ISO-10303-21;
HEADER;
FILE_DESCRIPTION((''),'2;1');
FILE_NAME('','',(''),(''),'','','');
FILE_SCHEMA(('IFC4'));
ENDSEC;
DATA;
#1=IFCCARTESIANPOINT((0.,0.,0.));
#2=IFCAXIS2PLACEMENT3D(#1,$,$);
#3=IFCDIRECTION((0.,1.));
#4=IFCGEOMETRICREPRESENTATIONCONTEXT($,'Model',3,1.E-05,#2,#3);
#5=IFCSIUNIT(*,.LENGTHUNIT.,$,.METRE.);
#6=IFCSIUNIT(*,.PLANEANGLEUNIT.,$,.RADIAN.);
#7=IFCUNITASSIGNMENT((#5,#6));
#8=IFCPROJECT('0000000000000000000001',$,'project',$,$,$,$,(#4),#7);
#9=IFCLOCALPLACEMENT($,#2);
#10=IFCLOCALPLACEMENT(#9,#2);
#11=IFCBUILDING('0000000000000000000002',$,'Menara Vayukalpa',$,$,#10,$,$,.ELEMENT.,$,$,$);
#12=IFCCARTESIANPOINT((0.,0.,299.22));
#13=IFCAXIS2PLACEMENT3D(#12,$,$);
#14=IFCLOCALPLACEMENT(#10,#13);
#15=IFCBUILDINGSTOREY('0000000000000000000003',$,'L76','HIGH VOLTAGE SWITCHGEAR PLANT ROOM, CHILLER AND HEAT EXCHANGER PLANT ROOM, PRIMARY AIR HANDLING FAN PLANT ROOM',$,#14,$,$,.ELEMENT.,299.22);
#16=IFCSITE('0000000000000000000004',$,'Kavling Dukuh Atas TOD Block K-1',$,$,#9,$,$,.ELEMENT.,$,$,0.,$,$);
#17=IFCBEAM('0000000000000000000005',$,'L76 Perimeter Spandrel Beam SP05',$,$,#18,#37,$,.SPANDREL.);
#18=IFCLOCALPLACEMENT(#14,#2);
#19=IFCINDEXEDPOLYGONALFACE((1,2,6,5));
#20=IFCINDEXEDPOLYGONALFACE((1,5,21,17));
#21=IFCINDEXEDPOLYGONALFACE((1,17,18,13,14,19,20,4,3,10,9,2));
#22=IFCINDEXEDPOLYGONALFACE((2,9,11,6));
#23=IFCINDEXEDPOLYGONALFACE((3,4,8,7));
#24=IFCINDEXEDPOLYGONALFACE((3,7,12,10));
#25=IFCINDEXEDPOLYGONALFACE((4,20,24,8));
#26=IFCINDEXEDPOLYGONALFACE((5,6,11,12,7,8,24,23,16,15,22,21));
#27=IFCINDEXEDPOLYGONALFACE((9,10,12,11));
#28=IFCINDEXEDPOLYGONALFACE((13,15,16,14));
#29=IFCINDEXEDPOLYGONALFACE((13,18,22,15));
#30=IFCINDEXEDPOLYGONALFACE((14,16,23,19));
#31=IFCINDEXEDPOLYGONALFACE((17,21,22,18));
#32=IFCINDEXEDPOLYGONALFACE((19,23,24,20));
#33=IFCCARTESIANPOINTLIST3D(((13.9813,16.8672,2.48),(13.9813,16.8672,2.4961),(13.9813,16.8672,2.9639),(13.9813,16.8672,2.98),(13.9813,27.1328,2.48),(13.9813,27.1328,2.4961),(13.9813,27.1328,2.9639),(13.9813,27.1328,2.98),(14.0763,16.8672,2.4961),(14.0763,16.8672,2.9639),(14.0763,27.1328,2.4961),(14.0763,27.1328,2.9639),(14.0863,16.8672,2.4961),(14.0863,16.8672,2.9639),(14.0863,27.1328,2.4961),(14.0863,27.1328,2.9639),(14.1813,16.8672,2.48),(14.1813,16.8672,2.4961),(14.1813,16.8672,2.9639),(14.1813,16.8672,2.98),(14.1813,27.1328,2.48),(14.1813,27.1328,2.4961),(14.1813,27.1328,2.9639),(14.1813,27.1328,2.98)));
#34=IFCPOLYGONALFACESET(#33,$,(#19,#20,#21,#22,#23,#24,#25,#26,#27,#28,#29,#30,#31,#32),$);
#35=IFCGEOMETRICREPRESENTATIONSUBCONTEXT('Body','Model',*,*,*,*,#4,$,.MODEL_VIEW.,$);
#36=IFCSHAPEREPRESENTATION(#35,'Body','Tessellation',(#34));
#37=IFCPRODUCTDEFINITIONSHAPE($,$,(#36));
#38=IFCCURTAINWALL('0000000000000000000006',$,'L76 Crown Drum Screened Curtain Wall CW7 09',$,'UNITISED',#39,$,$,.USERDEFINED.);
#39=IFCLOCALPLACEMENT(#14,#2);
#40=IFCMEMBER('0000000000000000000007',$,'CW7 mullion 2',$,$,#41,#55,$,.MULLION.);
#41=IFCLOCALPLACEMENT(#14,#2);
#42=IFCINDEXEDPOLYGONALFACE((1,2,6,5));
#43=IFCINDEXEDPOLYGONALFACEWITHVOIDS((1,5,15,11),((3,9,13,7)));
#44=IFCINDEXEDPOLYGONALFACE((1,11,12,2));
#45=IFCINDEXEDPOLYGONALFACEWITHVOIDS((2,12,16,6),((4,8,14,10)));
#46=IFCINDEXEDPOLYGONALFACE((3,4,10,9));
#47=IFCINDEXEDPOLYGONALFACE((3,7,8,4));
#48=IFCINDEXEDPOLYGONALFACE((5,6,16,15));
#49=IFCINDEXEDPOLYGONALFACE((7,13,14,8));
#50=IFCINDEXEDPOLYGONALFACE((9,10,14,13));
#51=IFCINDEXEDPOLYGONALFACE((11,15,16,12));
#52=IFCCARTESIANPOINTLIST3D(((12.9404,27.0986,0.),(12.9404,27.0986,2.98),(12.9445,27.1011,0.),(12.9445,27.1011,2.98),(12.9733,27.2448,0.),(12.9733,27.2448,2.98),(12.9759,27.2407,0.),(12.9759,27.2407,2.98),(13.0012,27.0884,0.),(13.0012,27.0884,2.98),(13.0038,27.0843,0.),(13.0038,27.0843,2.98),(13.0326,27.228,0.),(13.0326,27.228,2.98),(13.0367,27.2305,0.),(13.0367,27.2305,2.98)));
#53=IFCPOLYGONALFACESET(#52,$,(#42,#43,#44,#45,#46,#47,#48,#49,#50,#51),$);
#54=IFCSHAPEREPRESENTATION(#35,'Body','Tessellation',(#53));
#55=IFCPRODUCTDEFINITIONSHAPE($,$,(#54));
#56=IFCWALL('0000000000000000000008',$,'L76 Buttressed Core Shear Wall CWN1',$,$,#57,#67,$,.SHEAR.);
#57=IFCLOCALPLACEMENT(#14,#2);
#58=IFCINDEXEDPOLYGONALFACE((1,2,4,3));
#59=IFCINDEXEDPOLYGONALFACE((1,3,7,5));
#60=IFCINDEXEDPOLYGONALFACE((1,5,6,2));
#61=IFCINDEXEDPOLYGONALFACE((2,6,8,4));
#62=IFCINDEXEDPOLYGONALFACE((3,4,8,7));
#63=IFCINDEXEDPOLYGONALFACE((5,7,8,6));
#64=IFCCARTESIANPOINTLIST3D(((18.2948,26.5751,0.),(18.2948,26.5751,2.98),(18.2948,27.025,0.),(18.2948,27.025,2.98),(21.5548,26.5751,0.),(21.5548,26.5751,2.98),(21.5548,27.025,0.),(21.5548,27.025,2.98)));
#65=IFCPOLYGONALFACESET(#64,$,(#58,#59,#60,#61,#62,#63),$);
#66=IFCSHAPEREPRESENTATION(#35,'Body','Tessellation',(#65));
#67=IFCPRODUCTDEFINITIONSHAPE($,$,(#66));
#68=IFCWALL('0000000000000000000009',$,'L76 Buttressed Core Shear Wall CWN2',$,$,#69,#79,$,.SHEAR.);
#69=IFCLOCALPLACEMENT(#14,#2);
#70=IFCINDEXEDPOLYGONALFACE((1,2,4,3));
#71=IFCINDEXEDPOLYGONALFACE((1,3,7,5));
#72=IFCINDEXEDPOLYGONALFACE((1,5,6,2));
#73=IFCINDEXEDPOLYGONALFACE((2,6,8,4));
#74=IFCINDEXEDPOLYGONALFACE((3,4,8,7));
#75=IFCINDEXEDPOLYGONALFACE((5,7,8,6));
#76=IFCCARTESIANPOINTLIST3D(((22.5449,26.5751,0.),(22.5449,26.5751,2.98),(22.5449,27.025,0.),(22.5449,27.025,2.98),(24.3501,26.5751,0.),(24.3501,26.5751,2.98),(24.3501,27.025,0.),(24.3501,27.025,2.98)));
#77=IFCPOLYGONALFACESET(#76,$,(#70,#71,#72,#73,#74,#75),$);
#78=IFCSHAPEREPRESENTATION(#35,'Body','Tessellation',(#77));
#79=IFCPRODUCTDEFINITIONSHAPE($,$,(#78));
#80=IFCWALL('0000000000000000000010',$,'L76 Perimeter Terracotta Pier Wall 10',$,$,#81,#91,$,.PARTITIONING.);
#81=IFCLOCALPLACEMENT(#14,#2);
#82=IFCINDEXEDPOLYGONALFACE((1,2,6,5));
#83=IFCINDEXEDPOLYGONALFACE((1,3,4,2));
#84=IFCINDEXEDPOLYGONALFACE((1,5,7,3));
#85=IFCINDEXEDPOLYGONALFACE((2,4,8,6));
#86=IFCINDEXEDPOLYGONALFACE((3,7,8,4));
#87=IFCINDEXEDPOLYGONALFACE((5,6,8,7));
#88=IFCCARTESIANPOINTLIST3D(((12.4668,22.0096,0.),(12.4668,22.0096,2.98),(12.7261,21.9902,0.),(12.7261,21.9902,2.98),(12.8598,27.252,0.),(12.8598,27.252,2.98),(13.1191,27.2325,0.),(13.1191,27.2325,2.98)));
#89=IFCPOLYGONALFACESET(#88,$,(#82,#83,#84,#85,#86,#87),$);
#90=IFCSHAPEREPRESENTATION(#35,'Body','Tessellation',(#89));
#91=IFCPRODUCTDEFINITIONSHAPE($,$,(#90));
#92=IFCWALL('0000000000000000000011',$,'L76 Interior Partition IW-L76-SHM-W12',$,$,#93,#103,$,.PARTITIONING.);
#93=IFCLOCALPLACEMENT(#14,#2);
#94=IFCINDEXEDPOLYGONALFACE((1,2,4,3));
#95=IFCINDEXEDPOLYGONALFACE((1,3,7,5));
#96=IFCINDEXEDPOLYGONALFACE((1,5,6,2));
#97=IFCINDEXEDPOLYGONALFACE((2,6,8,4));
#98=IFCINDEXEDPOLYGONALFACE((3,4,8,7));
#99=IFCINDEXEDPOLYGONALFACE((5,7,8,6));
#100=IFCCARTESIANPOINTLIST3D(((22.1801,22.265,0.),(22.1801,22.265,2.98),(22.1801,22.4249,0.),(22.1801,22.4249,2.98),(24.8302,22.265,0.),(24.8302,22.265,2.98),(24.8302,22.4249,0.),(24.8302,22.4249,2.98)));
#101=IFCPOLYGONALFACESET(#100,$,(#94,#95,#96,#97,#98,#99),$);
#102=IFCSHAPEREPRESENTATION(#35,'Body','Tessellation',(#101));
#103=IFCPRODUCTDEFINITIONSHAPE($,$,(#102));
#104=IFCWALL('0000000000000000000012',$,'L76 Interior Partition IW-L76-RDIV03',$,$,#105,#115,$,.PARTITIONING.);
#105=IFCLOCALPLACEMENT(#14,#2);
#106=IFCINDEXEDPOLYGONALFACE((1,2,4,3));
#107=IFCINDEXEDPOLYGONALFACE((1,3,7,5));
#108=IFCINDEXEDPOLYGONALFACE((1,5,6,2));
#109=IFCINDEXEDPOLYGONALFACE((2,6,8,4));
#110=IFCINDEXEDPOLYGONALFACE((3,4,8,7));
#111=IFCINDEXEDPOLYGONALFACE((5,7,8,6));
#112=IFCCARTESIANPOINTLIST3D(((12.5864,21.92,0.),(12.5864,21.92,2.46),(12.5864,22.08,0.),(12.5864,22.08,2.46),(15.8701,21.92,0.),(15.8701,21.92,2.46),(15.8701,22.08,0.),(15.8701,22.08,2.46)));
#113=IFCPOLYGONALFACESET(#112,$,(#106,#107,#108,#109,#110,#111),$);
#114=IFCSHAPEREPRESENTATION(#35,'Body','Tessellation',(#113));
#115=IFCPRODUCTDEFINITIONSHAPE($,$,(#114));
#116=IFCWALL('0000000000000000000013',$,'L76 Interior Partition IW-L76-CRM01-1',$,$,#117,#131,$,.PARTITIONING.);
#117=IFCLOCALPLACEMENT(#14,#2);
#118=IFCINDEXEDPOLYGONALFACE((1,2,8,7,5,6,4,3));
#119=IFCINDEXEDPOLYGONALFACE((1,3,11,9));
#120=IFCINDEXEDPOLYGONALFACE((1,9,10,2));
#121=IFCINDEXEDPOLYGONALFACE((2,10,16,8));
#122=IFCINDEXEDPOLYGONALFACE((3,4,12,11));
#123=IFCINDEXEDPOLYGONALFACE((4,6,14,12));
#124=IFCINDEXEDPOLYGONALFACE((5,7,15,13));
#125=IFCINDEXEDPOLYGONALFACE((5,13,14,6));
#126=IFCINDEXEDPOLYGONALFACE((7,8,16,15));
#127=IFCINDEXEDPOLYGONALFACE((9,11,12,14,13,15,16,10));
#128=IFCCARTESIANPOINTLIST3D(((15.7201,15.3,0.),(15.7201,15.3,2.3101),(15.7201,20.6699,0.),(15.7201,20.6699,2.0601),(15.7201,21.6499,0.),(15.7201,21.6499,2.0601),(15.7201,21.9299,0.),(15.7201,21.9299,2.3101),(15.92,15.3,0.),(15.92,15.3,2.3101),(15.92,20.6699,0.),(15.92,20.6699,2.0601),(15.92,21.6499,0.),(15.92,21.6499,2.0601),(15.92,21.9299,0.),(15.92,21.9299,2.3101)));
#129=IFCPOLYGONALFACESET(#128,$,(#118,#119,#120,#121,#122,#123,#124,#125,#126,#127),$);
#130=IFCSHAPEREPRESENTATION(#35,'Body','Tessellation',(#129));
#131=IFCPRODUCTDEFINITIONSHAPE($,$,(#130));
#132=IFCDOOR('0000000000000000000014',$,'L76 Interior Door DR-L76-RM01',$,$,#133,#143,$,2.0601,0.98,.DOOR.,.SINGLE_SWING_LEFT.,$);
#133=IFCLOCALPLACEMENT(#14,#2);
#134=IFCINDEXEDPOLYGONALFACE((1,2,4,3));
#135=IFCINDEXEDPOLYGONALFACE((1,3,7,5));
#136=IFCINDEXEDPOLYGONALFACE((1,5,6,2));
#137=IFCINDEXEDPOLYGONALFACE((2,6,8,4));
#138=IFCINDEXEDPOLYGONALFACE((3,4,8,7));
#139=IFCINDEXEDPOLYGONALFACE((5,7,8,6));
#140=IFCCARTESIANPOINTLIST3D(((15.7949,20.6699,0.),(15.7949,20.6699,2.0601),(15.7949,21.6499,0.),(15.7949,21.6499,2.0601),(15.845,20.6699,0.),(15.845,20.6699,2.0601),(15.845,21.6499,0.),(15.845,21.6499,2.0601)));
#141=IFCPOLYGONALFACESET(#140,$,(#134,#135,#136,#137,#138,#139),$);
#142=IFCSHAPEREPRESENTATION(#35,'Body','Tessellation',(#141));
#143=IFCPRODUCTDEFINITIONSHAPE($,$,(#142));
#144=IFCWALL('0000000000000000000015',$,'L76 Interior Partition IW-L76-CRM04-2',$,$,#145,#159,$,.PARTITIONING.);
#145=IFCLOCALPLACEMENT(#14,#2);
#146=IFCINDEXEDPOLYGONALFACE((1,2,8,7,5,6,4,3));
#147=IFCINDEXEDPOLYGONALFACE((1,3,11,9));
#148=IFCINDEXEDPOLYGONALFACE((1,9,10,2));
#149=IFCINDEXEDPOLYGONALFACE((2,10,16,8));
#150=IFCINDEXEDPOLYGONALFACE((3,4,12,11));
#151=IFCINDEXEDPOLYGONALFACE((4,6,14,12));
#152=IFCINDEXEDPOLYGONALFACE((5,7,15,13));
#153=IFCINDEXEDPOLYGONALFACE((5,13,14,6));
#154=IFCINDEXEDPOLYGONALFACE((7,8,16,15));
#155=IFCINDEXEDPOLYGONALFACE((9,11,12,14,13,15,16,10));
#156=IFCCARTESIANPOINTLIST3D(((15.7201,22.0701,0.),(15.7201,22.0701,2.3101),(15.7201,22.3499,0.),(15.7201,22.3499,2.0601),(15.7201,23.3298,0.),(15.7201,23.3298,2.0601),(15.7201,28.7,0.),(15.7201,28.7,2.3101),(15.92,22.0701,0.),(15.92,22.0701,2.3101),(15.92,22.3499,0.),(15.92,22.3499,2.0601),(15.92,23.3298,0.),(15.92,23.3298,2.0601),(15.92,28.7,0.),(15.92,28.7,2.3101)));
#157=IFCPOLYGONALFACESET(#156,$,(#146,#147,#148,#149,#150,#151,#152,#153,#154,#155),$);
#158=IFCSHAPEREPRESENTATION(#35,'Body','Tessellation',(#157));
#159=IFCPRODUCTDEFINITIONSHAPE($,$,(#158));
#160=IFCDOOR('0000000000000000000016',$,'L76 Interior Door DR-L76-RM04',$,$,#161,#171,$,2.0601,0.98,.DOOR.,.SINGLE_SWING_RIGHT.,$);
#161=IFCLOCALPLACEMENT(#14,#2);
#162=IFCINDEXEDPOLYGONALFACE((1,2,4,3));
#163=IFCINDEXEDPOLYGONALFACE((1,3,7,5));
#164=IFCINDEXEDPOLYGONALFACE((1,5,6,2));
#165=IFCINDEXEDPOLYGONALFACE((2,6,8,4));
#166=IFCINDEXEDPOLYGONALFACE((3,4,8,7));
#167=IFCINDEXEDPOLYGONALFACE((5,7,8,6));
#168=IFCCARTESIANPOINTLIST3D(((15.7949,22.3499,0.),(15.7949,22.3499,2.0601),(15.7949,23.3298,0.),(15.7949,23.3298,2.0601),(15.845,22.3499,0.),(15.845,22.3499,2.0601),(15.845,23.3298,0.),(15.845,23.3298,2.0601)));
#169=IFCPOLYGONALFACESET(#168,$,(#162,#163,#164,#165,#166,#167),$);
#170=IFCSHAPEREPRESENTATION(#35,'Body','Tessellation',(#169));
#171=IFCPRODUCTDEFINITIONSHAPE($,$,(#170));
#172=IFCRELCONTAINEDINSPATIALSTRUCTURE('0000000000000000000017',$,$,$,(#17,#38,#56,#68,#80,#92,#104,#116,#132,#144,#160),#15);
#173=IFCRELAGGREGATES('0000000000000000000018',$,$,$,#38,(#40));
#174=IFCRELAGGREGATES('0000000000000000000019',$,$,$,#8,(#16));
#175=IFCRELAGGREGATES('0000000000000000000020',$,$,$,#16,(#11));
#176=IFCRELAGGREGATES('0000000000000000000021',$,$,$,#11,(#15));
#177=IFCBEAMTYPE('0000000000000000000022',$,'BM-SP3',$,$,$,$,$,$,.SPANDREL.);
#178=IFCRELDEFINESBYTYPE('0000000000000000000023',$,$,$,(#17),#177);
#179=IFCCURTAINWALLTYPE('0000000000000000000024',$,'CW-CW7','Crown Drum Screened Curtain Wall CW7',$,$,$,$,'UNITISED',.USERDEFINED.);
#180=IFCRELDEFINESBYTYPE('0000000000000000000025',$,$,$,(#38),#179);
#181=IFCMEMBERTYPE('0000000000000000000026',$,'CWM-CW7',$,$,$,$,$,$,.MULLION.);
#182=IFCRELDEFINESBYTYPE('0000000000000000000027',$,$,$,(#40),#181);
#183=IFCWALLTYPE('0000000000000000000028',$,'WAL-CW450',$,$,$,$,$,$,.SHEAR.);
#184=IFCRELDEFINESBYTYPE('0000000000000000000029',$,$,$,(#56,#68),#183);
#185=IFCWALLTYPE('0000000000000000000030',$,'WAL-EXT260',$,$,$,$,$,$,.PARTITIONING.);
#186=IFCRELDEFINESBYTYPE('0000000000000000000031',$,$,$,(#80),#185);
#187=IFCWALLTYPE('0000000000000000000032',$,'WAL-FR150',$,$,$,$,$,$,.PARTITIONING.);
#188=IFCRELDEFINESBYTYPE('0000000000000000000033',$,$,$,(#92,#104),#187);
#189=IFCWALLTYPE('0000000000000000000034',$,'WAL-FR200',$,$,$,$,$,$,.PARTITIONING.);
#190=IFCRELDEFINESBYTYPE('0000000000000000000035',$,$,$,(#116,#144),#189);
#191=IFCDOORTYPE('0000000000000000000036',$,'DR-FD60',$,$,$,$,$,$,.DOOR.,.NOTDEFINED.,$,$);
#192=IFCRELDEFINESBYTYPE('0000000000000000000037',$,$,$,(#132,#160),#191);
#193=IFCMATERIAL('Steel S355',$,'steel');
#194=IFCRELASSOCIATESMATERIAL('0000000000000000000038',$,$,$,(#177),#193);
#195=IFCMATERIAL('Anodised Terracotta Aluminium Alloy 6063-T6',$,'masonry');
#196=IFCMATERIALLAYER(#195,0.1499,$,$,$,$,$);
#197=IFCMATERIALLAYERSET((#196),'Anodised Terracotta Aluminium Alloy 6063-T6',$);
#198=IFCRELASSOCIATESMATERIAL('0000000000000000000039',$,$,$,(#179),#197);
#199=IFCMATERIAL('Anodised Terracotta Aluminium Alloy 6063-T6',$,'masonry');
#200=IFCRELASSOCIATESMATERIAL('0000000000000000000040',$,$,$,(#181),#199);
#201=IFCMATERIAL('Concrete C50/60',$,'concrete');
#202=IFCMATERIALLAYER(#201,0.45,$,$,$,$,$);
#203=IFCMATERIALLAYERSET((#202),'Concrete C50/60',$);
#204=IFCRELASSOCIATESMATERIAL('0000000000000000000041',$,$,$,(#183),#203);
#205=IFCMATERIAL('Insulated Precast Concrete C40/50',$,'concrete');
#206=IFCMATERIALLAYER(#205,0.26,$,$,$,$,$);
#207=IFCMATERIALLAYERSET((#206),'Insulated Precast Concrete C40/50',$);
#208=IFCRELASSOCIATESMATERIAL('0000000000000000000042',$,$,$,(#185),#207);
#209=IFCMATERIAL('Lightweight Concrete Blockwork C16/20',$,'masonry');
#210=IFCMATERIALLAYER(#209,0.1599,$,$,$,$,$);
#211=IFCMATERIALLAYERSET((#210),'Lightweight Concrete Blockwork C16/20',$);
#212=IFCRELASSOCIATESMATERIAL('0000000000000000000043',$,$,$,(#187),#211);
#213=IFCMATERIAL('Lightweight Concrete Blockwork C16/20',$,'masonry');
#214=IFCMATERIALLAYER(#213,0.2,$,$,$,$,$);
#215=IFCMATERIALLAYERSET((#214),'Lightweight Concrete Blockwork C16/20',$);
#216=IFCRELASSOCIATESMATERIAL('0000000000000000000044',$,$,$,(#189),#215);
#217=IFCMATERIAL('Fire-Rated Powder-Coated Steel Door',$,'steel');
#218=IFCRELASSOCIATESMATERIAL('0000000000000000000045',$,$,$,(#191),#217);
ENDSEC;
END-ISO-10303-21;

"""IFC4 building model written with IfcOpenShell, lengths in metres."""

from ifc_helpers import new_model, si_unit, direction, frame, frame_2d, origin, origin_2d, place, context, subcontext, project, spatial, rectangle, hollow_rectangle, i_section, extrude, material, layer, layer_set, material_profile, profile_set, type_object, element, fill, aggregate, save


model = new_model("IFC4")

# Units and contexts
model_context = context("Model", 3, precision=1e-05, world=origin(), true_north=direction((0.0, 1.0)))
body_context = subcontext(model_context, "Body", "Model", "MODEL_VIEW")
ifc_project = project(units=[si_unit("LENGTHUNIT", "METRE"), si_unit("PLANEANGLEUNIT", "RADIAN")], contexts=[model_context])

# Site, building, storey
site_placement = place(None, origin())
site = spatial("IfcSite", under=ifc_project, at=site_placement, Name="Kavling Dukuh Atas TOD Block K-1", CompositionType="ELEMENT", RefElevation=0.0)
building_placement = place(site_placement, origin())
building = spatial("IfcBuilding", under=site, at=building_placement, Name="Menara Vayukalpa", CompositionType="ELEMENT")
storey_placement = place(building_placement, frame((0.0, 0.0, 299.22)))
storey = spatial("IfcBuildingStorey", under=building, at=storey_placement, Name="L76", Description="HIGH VOLTAGE SWITCHGEAR PLANT ROOM, CHILLER AND HEAT EXCHANGER PLANT ROOM, PRIMARY AIR HANDLING FAN PLANT ROOM", CompositionType="ELEMENT", Elevation=299.22)

# Beam
ifc_material_1 = material(Name="Steel S355", Category="steel")
ifc_material_profile_1 = material_profile(ifc_material_1, i_section(OverallWidth=0.2, OverallDepth=0.5, WebThickness=0.01, FlangeThickness=0.0161, at=origin_2d()), Name="WF 500x200x10x16")
ifc_profile_set_1 = profile_set([ifc_material_profile_1], Name="Steel S355")
beam_type_1 = type_object("IfcBeamType", Name="BM-SP3", PredefinedType="SPANDREL", material=ifc_profile_set_1)
beam_1_placement = place(storey_placement, frame((14.0813, 27.1328, 2.73), z_axis=(0.0, -1.0, 0.0), x_axis=(1.0, 0.0, 0.0)))
element("IfcBeam", 1, at=beam_1_placement, inside=storey, type_object=beam_type_1, Name="L76 Perimeter Spandrel Beam SP05", PredefinedType="SPANDREL", context=body_context, shape_type="SweptSolid", body=[
    extrude(i_section(OverallWidth=0.2, OverallDepth=0.5, WebThickness=0.01, FlangeThickness=0.0161, at=origin_2d()), origin(), (0.0, 0.0, 1.0), 10.2656),
])

# Curtain wall, member
ifc_material_2 = material(Name="Anodised Terracotta Aluminium Alloy 6063-T6", Category="masonry")
ifc_layer_1 = layer(ifc_material_2, 0.1499)
ifc_layer_set_1 = layer_set([ifc_layer_1], Name="Anodised Terracotta Aluminium Alloy 6063-T6")
curtain_wall_type = type_object("IfcCurtainWallType", Name="CW-CW7", Description="Crown Drum Screened Curtain Wall CW7", ElementType="UNITISED", PredefinedType="USERDEFINED", material=ifc_layer_set_1)
curtain_wall_placement = place(storey_placement, origin())
curtain_wall = element("IfcCurtainWall", 2, at=curtain_wall_placement, inside=storey, type_object=curtain_wall_type, Name="L76 Crown Drum Screened Curtain Wall CW7 09", ObjectType="UNITISED", PredefinedType="USERDEFINED")
ifc_material_3 = material(Name="Anodised Terracotta Aluminium Alloy 6063-T6", Category="masonry")
ifc_material_profile_2 = material_profile(ifc_material_3, hollow_rectangle(XDim=0.0649, YDim=0.1499, WallThickness=0.0034, at=origin_2d()), Name="ALU 65x150x3.5")
ifc_profile_set_2 = profile_set([ifc_material_profile_2], Name="Anodised Terracotta Aluminium Alloy 6063-T6")
member_type = type_object("IfcMemberType", Name="CWM-CW7", PredefinedType="MULLION", material=ifc_profile_set_2)
member_placement = place(storey_placement, frame((12.9885, 27.1646, 0.0), z_axis=(0.0, 0.0, 1.0), x_axis=(0.975609, -0.219516, 0.0)))
member = element("IfcMember", 3, at=member_placement, type_object=member_type, Name="CW7 mullion 2", PredefinedType="MULLION", context=body_context, shape_type="SweptSolid", body=[
    extrude(hollow_rectangle(XDim=0.0649, YDim=0.1499, WallThickness=0.0034, at=origin_2d()), origin(), (0.0, 0.0, 1.0), 2.98),
])
aggregate(curtain_wall, [member])

# Walls
ifc_material_4 = material(Name="Concrete C50/60", Category="concrete")
ifc_layer_2 = layer(ifc_material_4, 0.45)
ifc_layer_set_2 = layer_set([ifc_layer_2], Name="Concrete C50/60")
wall_type_1 = type_object("IfcWallType", Name="WAL-CW450", PredefinedType="SHEAR", material=ifc_layer_set_2)
wall_1_placement = place(storey_placement, frame((18.2949, 26.8, 0.0), z_axis=(0.0, 0.0, 1.0), x_axis=(1.0, 0.0, 0.0)))
element("IfcWall", 4, at=wall_1_placement, inside=storey, type_object=wall_type_1, Name="L76 Buttressed Core Shear Wall CWN1", PredefinedType="SHEAR", context=body_context, shape_type="SweptSolid", body=[
    extrude(rectangle(XDim=3.26, YDim=0.45, at=frame_2d((1.6299, 0.0))), origin(), (0.0, 0.0, 1.0), 2.98),
])
wall_2_placement = place(storey_placement, frame((22.5449, 26.8, 0.0), z_axis=(0.0, 0.0, 1.0), x_axis=(1.0, 0.0, 0.0)))
element("IfcWall", 5, at=wall_2_placement, inside=storey, type_object=wall_type_1, Name="L76 Buttressed Core Shear Wall CWN2", PredefinedType="SHEAR", context=body_context, shape_type="SweptSolid", body=[
    extrude(rectangle(XDim=1.8052, YDim=0.45, at=frame_2d((0.9026, 0.0))), origin(), (0.0, 0.0, 1.0), 2.98),
])
ifc_material_5 = material(Name="Insulated Precast Concrete C40/50", Category="concrete")
ifc_layer_3 = layer(ifc_material_5, 0.26)
ifc_layer_set_3 = layer_set([ifc_layer_3], Name="Insulated Precast Concrete C40/50")
wall_type_2 = type_object("IfcWallType", Name="WAL-EXT260", PredefinedType="PARTITIONING", material=ifc_layer_set_3)
wall_3_placement = place(storey_placement, frame((12.5964, 22.0, 0.0), z_axis=(0.0, 0.0, 1.0), x_axis=(0.074768, 0.997201, 0.0)))
element("IfcWall", 6, at=wall_3_placement, inside=storey, type_object=wall_type_2, Name="L76 Perimeter Terracotta Pier Wall 10", PredefinedType="PARTITIONING", context=body_context, shape_type="SweptSolid", body=[
    extrude(rectangle(XDim=5.2571, YDim=0.26, at=frame_2d((2.6284, 0.0))), origin(), (0.0, 0.0, 1.0), 2.98),
])
ifc_material_6 = material(Name="Lightweight Concrete Blockwork C16/20", Category="masonry")
ifc_layer_4 = layer(ifc_material_6, 0.1599)
ifc_layer_set_4 = layer_set([ifc_layer_4], Name="Lightweight Concrete Blockwork C16/20")
wall_type_3 = type_object("IfcWallType", Name="WAL-FR150", PredefinedType="PARTITIONING", material=ifc_layer_set_4)
wall_4_placement = place(storey_placement, frame((22.1799, 22.345, 0.0), z_axis=(0.0, 0.0, 1.0), x_axis=(1.0, 0.0, 0.0)))
element("IfcWall", 7, at=wall_4_placement, inside=storey, type_object=wall_type_3, Name="L76 Interior Partition IW-L76-SHM-W12", PredefinedType="PARTITIONING", context=body_context, shape_type="SweptSolid", body=[
    extrude(rectangle(XDim=2.6501, YDim=0.1599, at=frame_2d((1.3252, 0.0))), origin(), (0.0, 0.0, 1.0), 2.98),
])
wall_5_placement = place(storey_placement, frame((12.5864, 22.0, 0.0), z_axis=(0.0, 0.0, 1.0), x_axis=(1.0, 0.0, 0.0)))
element("IfcWall", 8, at=wall_5_placement, inside=storey, type_object=wall_type_3, Name="L76 Interior Partition IW-L76-RDIV03", PredefinedType="PARTITIONING", context=body_context, shape_type="SweptSolid", body=[
    extrude(rectangle(XDim=3.2837, YDim=0.1599, at=frame_2d((1.6418, 0.0))), origin(), (0.0, 0.0, 1.0), 2.46),
])

# Walls, openings, doors
ifc_material_7 = material(Name="Lightweight Concrete Blockwork C16/20", Category="masonry")
ifc_layer_5 = layer(ifc_material_7, 0.2)
ifc_layer_set_5 = layer_set([ifc_layer_5], Name="Lightweight Concrete Blockwork C16/20")
wall_type_4 = type_object("IfcWallType", Name="WAL-FR200", PredefinedType="PARTITIONING", material=ifc_layer_set_5)
wall_6_placement = place(storey_placement, frame((15.8201, 21.9299, 0.0), z_axis=(0.0, 0.0, 1.0), x_axis=(0.0, -1.0, 0.0)))
wall_6 = element("IfcWall", 9, at=wall_6_placement, inside=storey, type_object=wall_type_4, Name="L76 Interior Partition IW-L76-CRM01-1", PredefinedType="PARTITIONING", context=body_context, shape_type="SweptSolid", body=[
    extrude(rectangle(XDim=6.6299, YDim=0.2, at=frame_2d((3.3149, 0.0))), origin(), (0.0, 0.0, 1.0), 2.3101),
])
opening_1_placement = place(wall_6_placement, frame((0.28, 0.0, 0.0)))
opening_1 = element("IfcOpeningElement", 10, at=opening_1_placement, cuts=wall_6, PredefinedType="OPENING", context=body_context, shape_type="SweptSolid", body=[
    extrude(rectangle(XDim=0.98, YDim=2.0601, at=frame_2d((0.49, 1.03))), frame((0.0, 0.1099, 0.0), z_axis=(0.0, -1.0, 0.0), x_axis=(1.0, 0.0, 0.0)), (0.0, 0.0, 1.0), 0.22),
])
ifc_material_8 = material(Name="Fire-Rated Powder-Coated Steel Door", Category="steel")
door_type = type_object("IfcDoorType", Name="DR-FD60", OperationType="NOTDEFINED", PredefinedType="DOOR", material=ifc_material_8)
door_1_placement = place(opening_1_placement, origin())
door_1 = element("IfcDoor", 11, at=door_1_placement, inside=storey, type_object=door_type, Name="L76 Interior Door DR-L76-RM01", OperationType="SINGLE_SWING_LEFT", OverallHeight=2.0601, OverallWidth=0.98, PredefinedType="DOOR", context=body_context, shape_type="SweptSolid", body=[
    extrude(rectangle(XDim=0.98, YDim=2.0601, at=frame_2d((0.49, 1.03))), frame((0.0, 0.0249, 0.0), z_axis=(0.0, -1.0, 0.0), x_axis=(1.0, 0.0, 0.0)), (0.0, 0.0, 1.0), 0.05),
])
fill(opening_1, door_1)
wall_7_placement = place(storey_placement, frame((15.8201, 28.7, 0.0), z_axis=(0.0, 0.0, 1.0), x_axis=(0.0, -1.0, 0.0)))
wall_7 = element("IfcWall", 12, at=wall_7_placement, inside=storey, type_object=wall_type_4, Name="L76 Interior Partition IW-L76-CRM04-2", PredefinedType="PARTITIONING", context=body_context, shape_type="SweptSolid", body=[
    extrude(rectangle(XDim=6.6299, YDim=0.2, at=frame_2d((3.3149, 0.0))), origin(), (0.0, 0.0, 1.0), 2.3101),
])
opening_2_placement = place(wall_7_placement, frame((5.3701, 0.0, 0.0)))
opening_2 = element("IfcOpeningElement", 13, at=opening_2_placement, cuts=wall_7, PredefinedType="OPENING", context=body_context, shape_type="SweptSolid", body=[
    extrude(rectangle(XDim=0.98, YDim=2.0601, at=frame_2d((0.49, 1.03))), frame((0.0, 0.1099, 0.0), z_axis=(0.0, -1.0, 0.0), x_axis=(1.0, 0.0, 0.0)), (0.0, 0.0, 1.0), 0.22),
])
door_2_placement = place(opening_2_placement, origin())
door_2 = element("IfcDoor", 14, at=door_2_placement, inside=storey, type_object=door_type, Name="L76 Interior Door DR-L76-RM04", OperationType="SINGLE_SWING_RIGHT", OverallHeight=2.0601, OverallWidth=0.98, PredefinedType="DOOR", context=body_context, shape_type="SweptSolid", body=[
    extrude(rectangle(XDim=0.98, YDim=2.0601, at=frame_2d((0.49, 1.03))), frame((0.0, 0.0249, 0.0), z_axis=(0.0, -1.0, 0.0), x_axis=(1.0, 0.0, 0.0)), (0.0, 0.0, 1.0), 0.05),
])
fill(opening_2, door_2)

save(model, "model.ifc")
